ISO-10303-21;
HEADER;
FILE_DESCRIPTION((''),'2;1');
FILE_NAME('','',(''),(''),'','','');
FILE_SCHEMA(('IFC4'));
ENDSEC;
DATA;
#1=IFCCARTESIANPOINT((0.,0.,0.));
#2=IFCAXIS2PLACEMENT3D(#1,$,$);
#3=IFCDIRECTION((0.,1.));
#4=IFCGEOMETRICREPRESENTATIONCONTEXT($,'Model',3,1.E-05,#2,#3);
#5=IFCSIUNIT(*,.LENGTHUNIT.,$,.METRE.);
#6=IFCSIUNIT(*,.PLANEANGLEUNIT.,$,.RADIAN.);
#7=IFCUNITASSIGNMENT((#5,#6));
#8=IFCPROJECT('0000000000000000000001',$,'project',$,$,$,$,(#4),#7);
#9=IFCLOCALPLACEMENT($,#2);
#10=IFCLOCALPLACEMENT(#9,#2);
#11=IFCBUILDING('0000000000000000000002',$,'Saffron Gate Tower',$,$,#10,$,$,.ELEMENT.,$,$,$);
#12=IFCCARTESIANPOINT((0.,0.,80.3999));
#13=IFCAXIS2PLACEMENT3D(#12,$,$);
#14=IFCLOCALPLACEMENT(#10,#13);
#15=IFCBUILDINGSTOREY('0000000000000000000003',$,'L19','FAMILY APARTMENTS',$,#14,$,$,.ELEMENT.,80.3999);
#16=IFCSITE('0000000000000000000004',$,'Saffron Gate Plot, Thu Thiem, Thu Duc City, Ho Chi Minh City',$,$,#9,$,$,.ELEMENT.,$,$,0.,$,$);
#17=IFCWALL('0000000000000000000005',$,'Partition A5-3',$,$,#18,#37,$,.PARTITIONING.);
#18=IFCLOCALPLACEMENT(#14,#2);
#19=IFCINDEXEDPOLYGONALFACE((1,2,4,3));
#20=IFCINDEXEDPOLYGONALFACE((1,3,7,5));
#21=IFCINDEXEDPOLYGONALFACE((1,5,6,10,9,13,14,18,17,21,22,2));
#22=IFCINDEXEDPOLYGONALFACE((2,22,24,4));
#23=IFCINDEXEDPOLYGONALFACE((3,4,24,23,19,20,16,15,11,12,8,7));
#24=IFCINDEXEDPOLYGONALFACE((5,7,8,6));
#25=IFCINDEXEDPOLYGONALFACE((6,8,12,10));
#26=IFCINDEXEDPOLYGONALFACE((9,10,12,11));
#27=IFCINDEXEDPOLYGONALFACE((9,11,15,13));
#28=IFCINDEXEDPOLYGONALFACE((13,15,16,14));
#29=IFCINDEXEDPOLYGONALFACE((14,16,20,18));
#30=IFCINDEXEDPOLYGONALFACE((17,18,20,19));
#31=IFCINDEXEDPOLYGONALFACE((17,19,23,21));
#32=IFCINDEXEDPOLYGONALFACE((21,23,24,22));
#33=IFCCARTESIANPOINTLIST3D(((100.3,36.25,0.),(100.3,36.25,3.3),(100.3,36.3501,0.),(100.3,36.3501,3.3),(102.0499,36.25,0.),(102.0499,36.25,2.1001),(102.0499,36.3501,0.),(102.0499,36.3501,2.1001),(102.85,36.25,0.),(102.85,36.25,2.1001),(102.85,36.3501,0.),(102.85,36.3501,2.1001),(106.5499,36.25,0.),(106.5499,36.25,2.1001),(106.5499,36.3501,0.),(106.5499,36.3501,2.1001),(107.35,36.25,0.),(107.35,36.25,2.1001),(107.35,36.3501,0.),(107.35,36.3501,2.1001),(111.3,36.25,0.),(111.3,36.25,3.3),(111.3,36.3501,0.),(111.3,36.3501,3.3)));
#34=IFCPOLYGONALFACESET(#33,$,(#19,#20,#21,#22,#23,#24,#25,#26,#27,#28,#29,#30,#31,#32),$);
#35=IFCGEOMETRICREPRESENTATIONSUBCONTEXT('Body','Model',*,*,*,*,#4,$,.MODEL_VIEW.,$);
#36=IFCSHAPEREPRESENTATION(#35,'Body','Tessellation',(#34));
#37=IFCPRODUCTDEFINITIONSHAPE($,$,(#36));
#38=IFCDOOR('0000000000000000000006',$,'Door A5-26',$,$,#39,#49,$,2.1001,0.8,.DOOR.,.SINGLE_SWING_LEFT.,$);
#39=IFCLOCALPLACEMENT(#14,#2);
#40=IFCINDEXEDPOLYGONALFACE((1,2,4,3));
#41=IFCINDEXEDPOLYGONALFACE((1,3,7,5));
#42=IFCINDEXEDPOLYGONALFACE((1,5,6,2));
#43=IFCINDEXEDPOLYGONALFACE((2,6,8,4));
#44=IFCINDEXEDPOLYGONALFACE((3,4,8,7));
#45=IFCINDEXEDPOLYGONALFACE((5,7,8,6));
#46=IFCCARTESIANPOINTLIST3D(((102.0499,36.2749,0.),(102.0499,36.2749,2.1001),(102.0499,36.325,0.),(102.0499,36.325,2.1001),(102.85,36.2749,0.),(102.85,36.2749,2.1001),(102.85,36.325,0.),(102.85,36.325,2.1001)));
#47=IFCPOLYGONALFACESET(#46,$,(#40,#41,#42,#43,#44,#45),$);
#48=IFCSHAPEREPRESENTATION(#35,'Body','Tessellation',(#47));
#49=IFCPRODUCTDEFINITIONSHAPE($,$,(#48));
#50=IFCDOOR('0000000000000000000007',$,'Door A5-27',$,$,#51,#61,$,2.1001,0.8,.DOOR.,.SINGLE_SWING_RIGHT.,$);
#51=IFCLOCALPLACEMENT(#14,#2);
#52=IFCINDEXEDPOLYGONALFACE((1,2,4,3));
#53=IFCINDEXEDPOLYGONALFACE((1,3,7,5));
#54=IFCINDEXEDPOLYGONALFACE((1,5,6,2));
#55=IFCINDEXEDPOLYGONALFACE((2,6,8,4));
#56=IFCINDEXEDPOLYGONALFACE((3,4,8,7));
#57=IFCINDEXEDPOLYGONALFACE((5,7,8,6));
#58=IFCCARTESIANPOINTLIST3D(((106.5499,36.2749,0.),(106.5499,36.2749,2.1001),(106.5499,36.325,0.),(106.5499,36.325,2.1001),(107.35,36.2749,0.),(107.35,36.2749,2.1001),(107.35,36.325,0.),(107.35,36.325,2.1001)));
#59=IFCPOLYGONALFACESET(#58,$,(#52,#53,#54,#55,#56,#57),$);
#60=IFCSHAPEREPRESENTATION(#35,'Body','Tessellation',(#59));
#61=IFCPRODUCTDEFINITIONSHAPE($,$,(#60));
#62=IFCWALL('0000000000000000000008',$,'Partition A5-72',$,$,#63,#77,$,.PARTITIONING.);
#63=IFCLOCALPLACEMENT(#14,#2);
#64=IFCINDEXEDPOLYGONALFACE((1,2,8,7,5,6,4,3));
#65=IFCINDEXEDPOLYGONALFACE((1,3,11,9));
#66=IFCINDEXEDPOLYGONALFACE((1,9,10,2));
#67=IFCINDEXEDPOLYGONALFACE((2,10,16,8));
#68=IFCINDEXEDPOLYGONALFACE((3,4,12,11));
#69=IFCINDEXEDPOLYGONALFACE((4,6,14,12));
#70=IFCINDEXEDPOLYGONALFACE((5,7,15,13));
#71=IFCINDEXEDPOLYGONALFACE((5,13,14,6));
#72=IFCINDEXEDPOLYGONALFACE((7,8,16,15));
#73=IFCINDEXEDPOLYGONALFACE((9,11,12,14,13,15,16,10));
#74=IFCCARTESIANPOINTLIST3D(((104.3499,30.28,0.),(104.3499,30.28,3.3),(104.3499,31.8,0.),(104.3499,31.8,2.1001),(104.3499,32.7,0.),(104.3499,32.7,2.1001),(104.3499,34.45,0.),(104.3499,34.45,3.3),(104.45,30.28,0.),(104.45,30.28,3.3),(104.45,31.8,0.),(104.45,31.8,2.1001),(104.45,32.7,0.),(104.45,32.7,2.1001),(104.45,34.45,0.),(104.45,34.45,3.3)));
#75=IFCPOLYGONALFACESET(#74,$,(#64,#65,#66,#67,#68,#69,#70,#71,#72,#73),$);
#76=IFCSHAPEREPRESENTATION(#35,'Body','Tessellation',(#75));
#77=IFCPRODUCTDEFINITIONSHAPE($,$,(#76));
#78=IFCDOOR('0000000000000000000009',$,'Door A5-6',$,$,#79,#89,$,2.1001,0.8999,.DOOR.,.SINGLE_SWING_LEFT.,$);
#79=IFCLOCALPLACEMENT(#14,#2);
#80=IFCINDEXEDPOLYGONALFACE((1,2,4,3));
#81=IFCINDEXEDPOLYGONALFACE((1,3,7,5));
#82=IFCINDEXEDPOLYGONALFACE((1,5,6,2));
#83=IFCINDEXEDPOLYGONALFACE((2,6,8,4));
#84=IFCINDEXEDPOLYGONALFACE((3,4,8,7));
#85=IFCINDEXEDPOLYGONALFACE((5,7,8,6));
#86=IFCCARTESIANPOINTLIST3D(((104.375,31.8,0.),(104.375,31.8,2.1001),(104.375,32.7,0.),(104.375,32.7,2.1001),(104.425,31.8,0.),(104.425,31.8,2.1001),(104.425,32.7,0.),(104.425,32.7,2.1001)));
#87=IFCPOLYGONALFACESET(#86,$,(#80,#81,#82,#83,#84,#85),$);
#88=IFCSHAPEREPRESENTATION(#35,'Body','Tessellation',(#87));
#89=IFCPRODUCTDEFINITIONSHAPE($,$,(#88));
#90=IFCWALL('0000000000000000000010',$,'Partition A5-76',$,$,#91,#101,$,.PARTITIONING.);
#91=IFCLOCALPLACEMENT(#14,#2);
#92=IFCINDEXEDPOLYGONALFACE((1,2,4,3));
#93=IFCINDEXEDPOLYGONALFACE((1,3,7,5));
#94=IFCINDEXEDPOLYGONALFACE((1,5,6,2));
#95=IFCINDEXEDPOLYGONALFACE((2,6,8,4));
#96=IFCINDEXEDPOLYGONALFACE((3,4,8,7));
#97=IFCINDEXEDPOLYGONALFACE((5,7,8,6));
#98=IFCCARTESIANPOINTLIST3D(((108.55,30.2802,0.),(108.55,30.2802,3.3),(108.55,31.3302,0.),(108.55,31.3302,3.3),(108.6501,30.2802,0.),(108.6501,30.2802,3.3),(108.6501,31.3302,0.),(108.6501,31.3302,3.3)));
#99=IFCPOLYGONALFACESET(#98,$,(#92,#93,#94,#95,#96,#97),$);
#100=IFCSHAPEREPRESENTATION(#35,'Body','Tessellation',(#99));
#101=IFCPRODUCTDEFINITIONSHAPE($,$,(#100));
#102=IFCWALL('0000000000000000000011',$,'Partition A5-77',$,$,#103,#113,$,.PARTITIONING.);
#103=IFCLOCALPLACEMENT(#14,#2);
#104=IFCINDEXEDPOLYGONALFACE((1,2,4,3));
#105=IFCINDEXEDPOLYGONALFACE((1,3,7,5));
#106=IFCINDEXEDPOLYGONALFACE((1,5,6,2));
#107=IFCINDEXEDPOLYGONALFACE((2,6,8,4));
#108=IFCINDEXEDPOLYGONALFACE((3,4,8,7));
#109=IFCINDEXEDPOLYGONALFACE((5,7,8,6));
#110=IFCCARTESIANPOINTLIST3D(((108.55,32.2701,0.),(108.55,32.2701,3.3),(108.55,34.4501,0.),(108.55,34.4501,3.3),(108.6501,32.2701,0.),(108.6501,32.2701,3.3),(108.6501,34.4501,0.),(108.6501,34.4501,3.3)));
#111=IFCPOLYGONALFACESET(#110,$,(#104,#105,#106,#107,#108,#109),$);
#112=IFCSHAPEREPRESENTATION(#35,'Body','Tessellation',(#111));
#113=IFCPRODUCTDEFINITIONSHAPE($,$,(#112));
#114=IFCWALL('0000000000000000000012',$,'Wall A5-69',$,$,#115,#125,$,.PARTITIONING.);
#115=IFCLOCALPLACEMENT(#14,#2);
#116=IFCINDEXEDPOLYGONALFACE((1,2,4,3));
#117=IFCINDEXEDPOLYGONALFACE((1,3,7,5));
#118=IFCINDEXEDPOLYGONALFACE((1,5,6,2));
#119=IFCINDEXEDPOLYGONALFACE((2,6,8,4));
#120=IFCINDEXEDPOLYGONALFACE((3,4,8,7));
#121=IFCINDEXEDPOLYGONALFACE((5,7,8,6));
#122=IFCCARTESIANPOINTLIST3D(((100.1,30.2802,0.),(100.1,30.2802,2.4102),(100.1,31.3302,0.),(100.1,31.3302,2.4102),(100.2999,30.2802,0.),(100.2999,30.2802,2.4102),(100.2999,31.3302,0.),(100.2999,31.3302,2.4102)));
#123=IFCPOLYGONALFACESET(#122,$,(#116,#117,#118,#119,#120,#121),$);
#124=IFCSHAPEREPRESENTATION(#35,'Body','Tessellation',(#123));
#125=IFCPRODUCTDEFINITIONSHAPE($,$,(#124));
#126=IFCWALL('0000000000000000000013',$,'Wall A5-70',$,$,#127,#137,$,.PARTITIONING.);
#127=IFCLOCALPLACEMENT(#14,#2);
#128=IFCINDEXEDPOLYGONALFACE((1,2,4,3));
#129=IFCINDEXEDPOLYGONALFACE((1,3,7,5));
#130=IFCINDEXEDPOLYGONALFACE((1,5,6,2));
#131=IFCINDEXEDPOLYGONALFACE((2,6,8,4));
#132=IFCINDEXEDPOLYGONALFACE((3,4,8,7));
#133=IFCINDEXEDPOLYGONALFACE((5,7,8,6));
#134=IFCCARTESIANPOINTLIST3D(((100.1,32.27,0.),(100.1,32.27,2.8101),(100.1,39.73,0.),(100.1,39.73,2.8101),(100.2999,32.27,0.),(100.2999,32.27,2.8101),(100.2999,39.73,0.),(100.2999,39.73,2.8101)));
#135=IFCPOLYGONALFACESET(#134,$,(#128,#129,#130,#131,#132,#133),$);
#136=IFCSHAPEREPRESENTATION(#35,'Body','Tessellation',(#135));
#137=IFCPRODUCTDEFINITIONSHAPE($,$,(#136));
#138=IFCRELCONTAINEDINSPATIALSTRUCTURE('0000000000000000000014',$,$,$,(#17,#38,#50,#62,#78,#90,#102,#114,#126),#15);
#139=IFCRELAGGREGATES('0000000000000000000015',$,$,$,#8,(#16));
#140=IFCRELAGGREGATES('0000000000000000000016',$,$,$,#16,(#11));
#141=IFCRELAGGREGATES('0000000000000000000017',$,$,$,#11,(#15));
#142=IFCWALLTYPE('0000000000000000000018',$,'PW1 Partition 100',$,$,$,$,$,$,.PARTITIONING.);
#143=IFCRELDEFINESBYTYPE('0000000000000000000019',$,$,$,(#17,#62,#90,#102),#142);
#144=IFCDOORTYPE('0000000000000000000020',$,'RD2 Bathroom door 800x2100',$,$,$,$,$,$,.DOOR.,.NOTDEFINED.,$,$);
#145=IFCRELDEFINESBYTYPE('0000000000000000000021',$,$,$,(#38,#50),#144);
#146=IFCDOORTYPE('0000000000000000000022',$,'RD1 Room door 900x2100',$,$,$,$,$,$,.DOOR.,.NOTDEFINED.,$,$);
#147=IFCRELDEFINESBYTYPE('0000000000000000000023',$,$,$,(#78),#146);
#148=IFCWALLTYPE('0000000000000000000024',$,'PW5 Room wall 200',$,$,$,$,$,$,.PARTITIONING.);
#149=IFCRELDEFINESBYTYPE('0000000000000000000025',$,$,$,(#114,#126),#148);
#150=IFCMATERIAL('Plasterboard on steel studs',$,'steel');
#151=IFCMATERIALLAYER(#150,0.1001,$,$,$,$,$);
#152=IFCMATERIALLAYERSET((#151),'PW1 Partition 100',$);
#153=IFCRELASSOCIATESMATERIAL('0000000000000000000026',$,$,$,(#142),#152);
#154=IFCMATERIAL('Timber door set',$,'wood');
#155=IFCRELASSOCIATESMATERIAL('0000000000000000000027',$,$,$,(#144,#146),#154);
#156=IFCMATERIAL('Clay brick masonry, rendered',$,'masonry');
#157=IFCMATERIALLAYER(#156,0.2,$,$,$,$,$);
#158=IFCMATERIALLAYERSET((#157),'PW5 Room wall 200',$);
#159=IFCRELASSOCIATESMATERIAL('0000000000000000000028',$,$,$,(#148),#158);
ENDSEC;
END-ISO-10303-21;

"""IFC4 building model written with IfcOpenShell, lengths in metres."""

from ifc_helpers import new_model, si_unit, direction, frame, frame_2d, origin, place, context, subcontext, project, spatial, rectangle, extrude, material, layer, layer_set, type_object, element, fill, save


model = new_model("IFC4")

# Units and contexts
model_context = context("Model", 3, precision=1e-05, world=origin(), true_north=direction((0.0, 1.0)))
body_context = subcontext(model_context, "Body", "Model", "MODEL_VIEW")
ifc_project = project(units=[si_unit("LENGTHUNIT", "METRE"), si_unit("PLANEANGLEUNIT", "RADIAN")], contexts=[model_context])

# Site, building, storey
site_placement = place(None, origin())
site = spatial("IfcSite", under=ifc_project, at=site_placement, Name="Saffron Gate Plot, Thu Thiem, Thu Duc City, Ho Chi Minh City", CompositionType="ELEMENT", RefElevation=0.0)
building_placement = place(site_placement, origin())
building = spatial("IfcBuilding", under=site, at=building_placement, Name="Saffron Gate Tower", CompositionType="ELEMENT")
storey_placement = place(building_placement, frame((0.0, 0.0, 80.3999)))
storey = spatial("IfcBuildingStorey", under=building, at=storey_placement, Name="L19", Description="FAMILY APARTMENTS", CompositionType="ELEMENT", Elevation=80.3999)

# Shared definitions
ifc_material_1 = material(Name="Plasterboard on steel studs", Category="steel")
ifc_layer_1 = layer(ifc_material_1, 0.1001)
ifc_layer_set_1 = layer_set([ifc_layer_1], Name="PW1 Partition 100")
wall_type_1 = type_object("IfcWallType", Name="PW1 Partition 100", PredefinedType="PARTITIONING", material=ifc_layer_set_1)

# Wall, openings, doors
wall_1_placement = place(storey_placement, frame((100.3, 36.3, 0.0), z_axis=(0.0, 0.0, 1.0), x_axis=(1.0, 0.0, 0.0)))
wall_1 = element("IfcWall", 1, at=wall_1_placement, inside=storey, type_object=wall_type_1, Name="Partition A5-3", PredefinedType="PARTITIONING", context=body_context, shape_type="SweptSolid", body=[
    extrude(rectangle(XDim=11.0, YDim=0.1001, at=frame_2d((5.5, 0.0))), origin(), (0.0, 0.0, 1.0), 3.3),
])
opening_1_placement = place(wall_1_placement, frame((1.75, 0.0, 0.0)))
opening_1 = element("IfcOpeningElement", 2, at=opening_1_placement, cuts=wall_1, PredefinedType="OPENING", context=body_context, shape_type="SweptSolid", body=[
    extrude(rectangle(XDim=0.8, YDim=2.1001, at=frame_2d((0.3999, 1.05))), frame((0.0, 0.0601, 0.0), z_axis=(0.0, -1.0, 0.0), x_axis=(1.0, 0.0, 0.0)), (0.0, 0.0, 1.0), 0.1201),
])
opening_2_placement = place(wall_1_placement, frame((6.25, 0.0, 0.0)))
opening_2 = element("IfcOpeningElement", 3, at=opening_2_placement, cuts=wall_1, PredefinedType="OPENING", context=body_context, shape_type="SweptSolid", body=[
    extrude(rectangle(XDim=0.8, YDim=2.1001, at=frame_2d((0.3999, 1.05))), frame((0.0, 0.0601, 0.0), z_axis=(0.0, -1.0, 0.0), x_axis=(1.0, 0.0, 0.0)), (0.0, 0.0, 1.0), 0.1201),
])
ifc_material_2 = material(Name="Timber door set", Category="wood")
door_type_1 = type_object("IfcDoorType", Name="RD2 Bathroom door 800x2100", OperationType="NOTDEFINED", PredefinedType="DOOR", material=ifc_material_2)
door_1_placement = place(opening_1_placement, origin())
door_1 = element("IfcDoor", 4, at=door_1_placement, inside=storey, type_object=door_type_1, Name="Door A5-26", OperationType="SINGLE_SWING_LEFT", OverallHeight=2.1001, OverallWidth=0.8, PredefinedType="DOOR", context=body_context, shape_type="SweptSolid", body=[
    extrude(rectangle(XDim=0.8, YDim=2.1001, at=frame_2d((0.3999, 1.05))), frame((0.0, 0.0249, 0.0), z_axis=(0.0, -1.0, 0.0), x_axis=(1.0, 0.0, 0.0)), (0.0, 0.0, 1.0), 0.05),
])
fill(opening_1, door_1)
door_2_placement = place(opening_2_placement, origin())
door_2 = element("IfcDoor", 5, at=door_2_placement, inside=storey, type_object=door_type_1, Name="Door A5-27", OperationType="SINGLE_SWING_RIGHT", OverallHeight=2.1001, OverallWidth=0.8, PredefinedType="DOOR", context=body_context, shape_type="SweptSolid", body=[
    extrude(rectangle(XDim=0.8, YDim=2.1001, at=frame_2d((0.3999, 1.05))), frame((0.0, 0.0249, 0.0), z_axis=(0.0, -1.0, 0.0), x_axis=(1.0, 0.0, 0.0)), (0.0, 0.0, 1.0), 0.05),
])
fill(opening_2, door_2)

# Wall, opening, door
wall_2_placement = place(storey_placement, frame((104.3999, 30.28, 0.0), z_axis=(0.0, 0.0, 1.0), x_axis=(0.0, 1.0, 0.0)))
wall_2 = element("IfcWall", 6, at=wall_2_placement, inside=storey, type_object=wall_type_1, Name="Partition A5-72", PredefinedType="PARTITIONING", context=body_context, shape_type="SweptSolid", body=[
    extrude(rectangle(XDim=4.1699, YDim=0.1001, at=frame_2d((2.085, 0.0))), origin(), (0.0, 0.0, 1.0), 3.3),
])
opening_3_placement = place(wall_2_placement, frame((1.52, 0.0, 0.0)))
opening_3 = element("IfcOpeningElement", 7, at=opening_3_placement, cuts=wall_2, PredefinedType="OPENING", context=body_context, shape_type="SweptSolid", body=[
    extrude(rectangle(XDim=0.8999, YDim=2.1001, at=frame_2d((0.45, 1.05))), frame((0.0, 0.0601, 0.0), z_axis=(0.0, -1.0, 0.0), x_axis=(1.0, 0.0, 0.0)), (0.0, 0.0, 1.0), 0.1201),
])
door_type_2 = type_object("IfcDoorType", Name="RD1 Room door 900x2100", OperationType="NOTDEFINED", PredefinedType="DOOR", material=ifc_material_2)
door_3_placement = place(opening_3_placement, origin())
door_3 = element("IfcDoor", 8, at=door_3_placement, inside=storey, type_object=door_type_2, Name="Door A5-6", OperationType="SINGLE_SWING_LEFT", OverallHeight=2.1001, OverallWidth=0.8999, PredefinedType="DOOR", context=body_context, shape_type="SweptSolid", body=[
    extrude(rectangle(XDim=0.8999, YDim=2.1001, at=frame_2d((0.45, 1.05))), frame((0.0, 0.0249, 0.0), z_axis=(0.0, -1.0, 0.0), x_axis=(1.0, 0.0, 0.0)), (0.0, 0.0, 1.0), 0.05),
])
fill(opening_3, door_3)

# Walls
wall_3_placement = place(storey_placement, frame((108.6001, 31.3301, 0.0), z_axis=(0.0, 0.0, 1.0), x_axis=(0.0, -1.0, 0.0)))
element("IfcWall", 9, at=wall_3_placement, inside=storey, type_object=wall_type_1, Name="Partition A5-76", PredefinedType="PARTITIONING", context=body_context, shape_type="SweptSolid", body=[
    extrude(rectangle(XDim=1.05, YDim=0.1001, at=frame_2d((0.5249, 0.0))), origin(), (0.0, 0.0, 1.0), 3.3),
])
wall_4_placement = place(storey_placement, frame((108.6001, 34.45, 0.0), z_axis=(0.0, 0.0, 1.0), x_axis=(0.0, -1.0, 0.0)))
element("IfcWall", 10, at=wall_4_placement, inside=storey, type_object=wall_type_1, Name="Partition A5-77", PredefinedType="PARTITIONING", context=body_context, shape_type="SweptSolid", body=[
    extrude(rectangle(XDim=2.1799, YDim=0.1001, at=frame_2d((1.0898, 0.0))), origin(), (0.0, 0.0, 1.0), 3.3),
])
ifc_material_3 = material(Name="Clay brick masonry, rendered", Category="masonry")
ifc_layer_2 = layer(ifc_material_3, 0.2)
ifc_layer_set_2 = layer_set([ifc_layer_2], Name="PW5 Room wall 200")
wall_type_2 = type_object("IfcWallType", Name="PW5 Room wall 200", PredefinedType="PARTITIONING", material=ifc_layer_set_2)
wall_5_placement = place(storey_placement, frame((100.2, 31.3301, 0.0), z_axis=(0.0, 0.0, 1.0), x_axis=(0.0, -1.0, 0.0)))
element("IfcWall", 11, at=wall_5_placement, inside=storey, type_object=wall_type_2, Name="Wall A5-69", PredefinedType="PARTITIONING", context=body_context, shape_type="SweptSolid", body=[
    extrude(rectangle(XDim=1.05, YDim=0.2, at=frame_2d((0.5249, 0.0))), origin(), (0.0, 0.0, 1.0), 2.4102),
])
wall_6_placement = place(storey_placement, frame((100.2, 39.73, 0.0), z_axis=(0.0, 0.0, 1.0), x_axis=(0.0, -1.0, 0.0)))
element("IfcWall", 12, at=wall_6_placement, inside=storey, type_object=wall_type_2, Name="Wall A5-70", PredefinedType="PARTITIONING", context=body_context, shape_type="SweptSolid", body=[
    extrude(rectangle(XDim=7.46, YDim=0.2, at=frame_2d((3.73, 0.0))), origin(), (0.0, 0.0, 1.0), 2.8101),
])

save(model, "model.ifc")
